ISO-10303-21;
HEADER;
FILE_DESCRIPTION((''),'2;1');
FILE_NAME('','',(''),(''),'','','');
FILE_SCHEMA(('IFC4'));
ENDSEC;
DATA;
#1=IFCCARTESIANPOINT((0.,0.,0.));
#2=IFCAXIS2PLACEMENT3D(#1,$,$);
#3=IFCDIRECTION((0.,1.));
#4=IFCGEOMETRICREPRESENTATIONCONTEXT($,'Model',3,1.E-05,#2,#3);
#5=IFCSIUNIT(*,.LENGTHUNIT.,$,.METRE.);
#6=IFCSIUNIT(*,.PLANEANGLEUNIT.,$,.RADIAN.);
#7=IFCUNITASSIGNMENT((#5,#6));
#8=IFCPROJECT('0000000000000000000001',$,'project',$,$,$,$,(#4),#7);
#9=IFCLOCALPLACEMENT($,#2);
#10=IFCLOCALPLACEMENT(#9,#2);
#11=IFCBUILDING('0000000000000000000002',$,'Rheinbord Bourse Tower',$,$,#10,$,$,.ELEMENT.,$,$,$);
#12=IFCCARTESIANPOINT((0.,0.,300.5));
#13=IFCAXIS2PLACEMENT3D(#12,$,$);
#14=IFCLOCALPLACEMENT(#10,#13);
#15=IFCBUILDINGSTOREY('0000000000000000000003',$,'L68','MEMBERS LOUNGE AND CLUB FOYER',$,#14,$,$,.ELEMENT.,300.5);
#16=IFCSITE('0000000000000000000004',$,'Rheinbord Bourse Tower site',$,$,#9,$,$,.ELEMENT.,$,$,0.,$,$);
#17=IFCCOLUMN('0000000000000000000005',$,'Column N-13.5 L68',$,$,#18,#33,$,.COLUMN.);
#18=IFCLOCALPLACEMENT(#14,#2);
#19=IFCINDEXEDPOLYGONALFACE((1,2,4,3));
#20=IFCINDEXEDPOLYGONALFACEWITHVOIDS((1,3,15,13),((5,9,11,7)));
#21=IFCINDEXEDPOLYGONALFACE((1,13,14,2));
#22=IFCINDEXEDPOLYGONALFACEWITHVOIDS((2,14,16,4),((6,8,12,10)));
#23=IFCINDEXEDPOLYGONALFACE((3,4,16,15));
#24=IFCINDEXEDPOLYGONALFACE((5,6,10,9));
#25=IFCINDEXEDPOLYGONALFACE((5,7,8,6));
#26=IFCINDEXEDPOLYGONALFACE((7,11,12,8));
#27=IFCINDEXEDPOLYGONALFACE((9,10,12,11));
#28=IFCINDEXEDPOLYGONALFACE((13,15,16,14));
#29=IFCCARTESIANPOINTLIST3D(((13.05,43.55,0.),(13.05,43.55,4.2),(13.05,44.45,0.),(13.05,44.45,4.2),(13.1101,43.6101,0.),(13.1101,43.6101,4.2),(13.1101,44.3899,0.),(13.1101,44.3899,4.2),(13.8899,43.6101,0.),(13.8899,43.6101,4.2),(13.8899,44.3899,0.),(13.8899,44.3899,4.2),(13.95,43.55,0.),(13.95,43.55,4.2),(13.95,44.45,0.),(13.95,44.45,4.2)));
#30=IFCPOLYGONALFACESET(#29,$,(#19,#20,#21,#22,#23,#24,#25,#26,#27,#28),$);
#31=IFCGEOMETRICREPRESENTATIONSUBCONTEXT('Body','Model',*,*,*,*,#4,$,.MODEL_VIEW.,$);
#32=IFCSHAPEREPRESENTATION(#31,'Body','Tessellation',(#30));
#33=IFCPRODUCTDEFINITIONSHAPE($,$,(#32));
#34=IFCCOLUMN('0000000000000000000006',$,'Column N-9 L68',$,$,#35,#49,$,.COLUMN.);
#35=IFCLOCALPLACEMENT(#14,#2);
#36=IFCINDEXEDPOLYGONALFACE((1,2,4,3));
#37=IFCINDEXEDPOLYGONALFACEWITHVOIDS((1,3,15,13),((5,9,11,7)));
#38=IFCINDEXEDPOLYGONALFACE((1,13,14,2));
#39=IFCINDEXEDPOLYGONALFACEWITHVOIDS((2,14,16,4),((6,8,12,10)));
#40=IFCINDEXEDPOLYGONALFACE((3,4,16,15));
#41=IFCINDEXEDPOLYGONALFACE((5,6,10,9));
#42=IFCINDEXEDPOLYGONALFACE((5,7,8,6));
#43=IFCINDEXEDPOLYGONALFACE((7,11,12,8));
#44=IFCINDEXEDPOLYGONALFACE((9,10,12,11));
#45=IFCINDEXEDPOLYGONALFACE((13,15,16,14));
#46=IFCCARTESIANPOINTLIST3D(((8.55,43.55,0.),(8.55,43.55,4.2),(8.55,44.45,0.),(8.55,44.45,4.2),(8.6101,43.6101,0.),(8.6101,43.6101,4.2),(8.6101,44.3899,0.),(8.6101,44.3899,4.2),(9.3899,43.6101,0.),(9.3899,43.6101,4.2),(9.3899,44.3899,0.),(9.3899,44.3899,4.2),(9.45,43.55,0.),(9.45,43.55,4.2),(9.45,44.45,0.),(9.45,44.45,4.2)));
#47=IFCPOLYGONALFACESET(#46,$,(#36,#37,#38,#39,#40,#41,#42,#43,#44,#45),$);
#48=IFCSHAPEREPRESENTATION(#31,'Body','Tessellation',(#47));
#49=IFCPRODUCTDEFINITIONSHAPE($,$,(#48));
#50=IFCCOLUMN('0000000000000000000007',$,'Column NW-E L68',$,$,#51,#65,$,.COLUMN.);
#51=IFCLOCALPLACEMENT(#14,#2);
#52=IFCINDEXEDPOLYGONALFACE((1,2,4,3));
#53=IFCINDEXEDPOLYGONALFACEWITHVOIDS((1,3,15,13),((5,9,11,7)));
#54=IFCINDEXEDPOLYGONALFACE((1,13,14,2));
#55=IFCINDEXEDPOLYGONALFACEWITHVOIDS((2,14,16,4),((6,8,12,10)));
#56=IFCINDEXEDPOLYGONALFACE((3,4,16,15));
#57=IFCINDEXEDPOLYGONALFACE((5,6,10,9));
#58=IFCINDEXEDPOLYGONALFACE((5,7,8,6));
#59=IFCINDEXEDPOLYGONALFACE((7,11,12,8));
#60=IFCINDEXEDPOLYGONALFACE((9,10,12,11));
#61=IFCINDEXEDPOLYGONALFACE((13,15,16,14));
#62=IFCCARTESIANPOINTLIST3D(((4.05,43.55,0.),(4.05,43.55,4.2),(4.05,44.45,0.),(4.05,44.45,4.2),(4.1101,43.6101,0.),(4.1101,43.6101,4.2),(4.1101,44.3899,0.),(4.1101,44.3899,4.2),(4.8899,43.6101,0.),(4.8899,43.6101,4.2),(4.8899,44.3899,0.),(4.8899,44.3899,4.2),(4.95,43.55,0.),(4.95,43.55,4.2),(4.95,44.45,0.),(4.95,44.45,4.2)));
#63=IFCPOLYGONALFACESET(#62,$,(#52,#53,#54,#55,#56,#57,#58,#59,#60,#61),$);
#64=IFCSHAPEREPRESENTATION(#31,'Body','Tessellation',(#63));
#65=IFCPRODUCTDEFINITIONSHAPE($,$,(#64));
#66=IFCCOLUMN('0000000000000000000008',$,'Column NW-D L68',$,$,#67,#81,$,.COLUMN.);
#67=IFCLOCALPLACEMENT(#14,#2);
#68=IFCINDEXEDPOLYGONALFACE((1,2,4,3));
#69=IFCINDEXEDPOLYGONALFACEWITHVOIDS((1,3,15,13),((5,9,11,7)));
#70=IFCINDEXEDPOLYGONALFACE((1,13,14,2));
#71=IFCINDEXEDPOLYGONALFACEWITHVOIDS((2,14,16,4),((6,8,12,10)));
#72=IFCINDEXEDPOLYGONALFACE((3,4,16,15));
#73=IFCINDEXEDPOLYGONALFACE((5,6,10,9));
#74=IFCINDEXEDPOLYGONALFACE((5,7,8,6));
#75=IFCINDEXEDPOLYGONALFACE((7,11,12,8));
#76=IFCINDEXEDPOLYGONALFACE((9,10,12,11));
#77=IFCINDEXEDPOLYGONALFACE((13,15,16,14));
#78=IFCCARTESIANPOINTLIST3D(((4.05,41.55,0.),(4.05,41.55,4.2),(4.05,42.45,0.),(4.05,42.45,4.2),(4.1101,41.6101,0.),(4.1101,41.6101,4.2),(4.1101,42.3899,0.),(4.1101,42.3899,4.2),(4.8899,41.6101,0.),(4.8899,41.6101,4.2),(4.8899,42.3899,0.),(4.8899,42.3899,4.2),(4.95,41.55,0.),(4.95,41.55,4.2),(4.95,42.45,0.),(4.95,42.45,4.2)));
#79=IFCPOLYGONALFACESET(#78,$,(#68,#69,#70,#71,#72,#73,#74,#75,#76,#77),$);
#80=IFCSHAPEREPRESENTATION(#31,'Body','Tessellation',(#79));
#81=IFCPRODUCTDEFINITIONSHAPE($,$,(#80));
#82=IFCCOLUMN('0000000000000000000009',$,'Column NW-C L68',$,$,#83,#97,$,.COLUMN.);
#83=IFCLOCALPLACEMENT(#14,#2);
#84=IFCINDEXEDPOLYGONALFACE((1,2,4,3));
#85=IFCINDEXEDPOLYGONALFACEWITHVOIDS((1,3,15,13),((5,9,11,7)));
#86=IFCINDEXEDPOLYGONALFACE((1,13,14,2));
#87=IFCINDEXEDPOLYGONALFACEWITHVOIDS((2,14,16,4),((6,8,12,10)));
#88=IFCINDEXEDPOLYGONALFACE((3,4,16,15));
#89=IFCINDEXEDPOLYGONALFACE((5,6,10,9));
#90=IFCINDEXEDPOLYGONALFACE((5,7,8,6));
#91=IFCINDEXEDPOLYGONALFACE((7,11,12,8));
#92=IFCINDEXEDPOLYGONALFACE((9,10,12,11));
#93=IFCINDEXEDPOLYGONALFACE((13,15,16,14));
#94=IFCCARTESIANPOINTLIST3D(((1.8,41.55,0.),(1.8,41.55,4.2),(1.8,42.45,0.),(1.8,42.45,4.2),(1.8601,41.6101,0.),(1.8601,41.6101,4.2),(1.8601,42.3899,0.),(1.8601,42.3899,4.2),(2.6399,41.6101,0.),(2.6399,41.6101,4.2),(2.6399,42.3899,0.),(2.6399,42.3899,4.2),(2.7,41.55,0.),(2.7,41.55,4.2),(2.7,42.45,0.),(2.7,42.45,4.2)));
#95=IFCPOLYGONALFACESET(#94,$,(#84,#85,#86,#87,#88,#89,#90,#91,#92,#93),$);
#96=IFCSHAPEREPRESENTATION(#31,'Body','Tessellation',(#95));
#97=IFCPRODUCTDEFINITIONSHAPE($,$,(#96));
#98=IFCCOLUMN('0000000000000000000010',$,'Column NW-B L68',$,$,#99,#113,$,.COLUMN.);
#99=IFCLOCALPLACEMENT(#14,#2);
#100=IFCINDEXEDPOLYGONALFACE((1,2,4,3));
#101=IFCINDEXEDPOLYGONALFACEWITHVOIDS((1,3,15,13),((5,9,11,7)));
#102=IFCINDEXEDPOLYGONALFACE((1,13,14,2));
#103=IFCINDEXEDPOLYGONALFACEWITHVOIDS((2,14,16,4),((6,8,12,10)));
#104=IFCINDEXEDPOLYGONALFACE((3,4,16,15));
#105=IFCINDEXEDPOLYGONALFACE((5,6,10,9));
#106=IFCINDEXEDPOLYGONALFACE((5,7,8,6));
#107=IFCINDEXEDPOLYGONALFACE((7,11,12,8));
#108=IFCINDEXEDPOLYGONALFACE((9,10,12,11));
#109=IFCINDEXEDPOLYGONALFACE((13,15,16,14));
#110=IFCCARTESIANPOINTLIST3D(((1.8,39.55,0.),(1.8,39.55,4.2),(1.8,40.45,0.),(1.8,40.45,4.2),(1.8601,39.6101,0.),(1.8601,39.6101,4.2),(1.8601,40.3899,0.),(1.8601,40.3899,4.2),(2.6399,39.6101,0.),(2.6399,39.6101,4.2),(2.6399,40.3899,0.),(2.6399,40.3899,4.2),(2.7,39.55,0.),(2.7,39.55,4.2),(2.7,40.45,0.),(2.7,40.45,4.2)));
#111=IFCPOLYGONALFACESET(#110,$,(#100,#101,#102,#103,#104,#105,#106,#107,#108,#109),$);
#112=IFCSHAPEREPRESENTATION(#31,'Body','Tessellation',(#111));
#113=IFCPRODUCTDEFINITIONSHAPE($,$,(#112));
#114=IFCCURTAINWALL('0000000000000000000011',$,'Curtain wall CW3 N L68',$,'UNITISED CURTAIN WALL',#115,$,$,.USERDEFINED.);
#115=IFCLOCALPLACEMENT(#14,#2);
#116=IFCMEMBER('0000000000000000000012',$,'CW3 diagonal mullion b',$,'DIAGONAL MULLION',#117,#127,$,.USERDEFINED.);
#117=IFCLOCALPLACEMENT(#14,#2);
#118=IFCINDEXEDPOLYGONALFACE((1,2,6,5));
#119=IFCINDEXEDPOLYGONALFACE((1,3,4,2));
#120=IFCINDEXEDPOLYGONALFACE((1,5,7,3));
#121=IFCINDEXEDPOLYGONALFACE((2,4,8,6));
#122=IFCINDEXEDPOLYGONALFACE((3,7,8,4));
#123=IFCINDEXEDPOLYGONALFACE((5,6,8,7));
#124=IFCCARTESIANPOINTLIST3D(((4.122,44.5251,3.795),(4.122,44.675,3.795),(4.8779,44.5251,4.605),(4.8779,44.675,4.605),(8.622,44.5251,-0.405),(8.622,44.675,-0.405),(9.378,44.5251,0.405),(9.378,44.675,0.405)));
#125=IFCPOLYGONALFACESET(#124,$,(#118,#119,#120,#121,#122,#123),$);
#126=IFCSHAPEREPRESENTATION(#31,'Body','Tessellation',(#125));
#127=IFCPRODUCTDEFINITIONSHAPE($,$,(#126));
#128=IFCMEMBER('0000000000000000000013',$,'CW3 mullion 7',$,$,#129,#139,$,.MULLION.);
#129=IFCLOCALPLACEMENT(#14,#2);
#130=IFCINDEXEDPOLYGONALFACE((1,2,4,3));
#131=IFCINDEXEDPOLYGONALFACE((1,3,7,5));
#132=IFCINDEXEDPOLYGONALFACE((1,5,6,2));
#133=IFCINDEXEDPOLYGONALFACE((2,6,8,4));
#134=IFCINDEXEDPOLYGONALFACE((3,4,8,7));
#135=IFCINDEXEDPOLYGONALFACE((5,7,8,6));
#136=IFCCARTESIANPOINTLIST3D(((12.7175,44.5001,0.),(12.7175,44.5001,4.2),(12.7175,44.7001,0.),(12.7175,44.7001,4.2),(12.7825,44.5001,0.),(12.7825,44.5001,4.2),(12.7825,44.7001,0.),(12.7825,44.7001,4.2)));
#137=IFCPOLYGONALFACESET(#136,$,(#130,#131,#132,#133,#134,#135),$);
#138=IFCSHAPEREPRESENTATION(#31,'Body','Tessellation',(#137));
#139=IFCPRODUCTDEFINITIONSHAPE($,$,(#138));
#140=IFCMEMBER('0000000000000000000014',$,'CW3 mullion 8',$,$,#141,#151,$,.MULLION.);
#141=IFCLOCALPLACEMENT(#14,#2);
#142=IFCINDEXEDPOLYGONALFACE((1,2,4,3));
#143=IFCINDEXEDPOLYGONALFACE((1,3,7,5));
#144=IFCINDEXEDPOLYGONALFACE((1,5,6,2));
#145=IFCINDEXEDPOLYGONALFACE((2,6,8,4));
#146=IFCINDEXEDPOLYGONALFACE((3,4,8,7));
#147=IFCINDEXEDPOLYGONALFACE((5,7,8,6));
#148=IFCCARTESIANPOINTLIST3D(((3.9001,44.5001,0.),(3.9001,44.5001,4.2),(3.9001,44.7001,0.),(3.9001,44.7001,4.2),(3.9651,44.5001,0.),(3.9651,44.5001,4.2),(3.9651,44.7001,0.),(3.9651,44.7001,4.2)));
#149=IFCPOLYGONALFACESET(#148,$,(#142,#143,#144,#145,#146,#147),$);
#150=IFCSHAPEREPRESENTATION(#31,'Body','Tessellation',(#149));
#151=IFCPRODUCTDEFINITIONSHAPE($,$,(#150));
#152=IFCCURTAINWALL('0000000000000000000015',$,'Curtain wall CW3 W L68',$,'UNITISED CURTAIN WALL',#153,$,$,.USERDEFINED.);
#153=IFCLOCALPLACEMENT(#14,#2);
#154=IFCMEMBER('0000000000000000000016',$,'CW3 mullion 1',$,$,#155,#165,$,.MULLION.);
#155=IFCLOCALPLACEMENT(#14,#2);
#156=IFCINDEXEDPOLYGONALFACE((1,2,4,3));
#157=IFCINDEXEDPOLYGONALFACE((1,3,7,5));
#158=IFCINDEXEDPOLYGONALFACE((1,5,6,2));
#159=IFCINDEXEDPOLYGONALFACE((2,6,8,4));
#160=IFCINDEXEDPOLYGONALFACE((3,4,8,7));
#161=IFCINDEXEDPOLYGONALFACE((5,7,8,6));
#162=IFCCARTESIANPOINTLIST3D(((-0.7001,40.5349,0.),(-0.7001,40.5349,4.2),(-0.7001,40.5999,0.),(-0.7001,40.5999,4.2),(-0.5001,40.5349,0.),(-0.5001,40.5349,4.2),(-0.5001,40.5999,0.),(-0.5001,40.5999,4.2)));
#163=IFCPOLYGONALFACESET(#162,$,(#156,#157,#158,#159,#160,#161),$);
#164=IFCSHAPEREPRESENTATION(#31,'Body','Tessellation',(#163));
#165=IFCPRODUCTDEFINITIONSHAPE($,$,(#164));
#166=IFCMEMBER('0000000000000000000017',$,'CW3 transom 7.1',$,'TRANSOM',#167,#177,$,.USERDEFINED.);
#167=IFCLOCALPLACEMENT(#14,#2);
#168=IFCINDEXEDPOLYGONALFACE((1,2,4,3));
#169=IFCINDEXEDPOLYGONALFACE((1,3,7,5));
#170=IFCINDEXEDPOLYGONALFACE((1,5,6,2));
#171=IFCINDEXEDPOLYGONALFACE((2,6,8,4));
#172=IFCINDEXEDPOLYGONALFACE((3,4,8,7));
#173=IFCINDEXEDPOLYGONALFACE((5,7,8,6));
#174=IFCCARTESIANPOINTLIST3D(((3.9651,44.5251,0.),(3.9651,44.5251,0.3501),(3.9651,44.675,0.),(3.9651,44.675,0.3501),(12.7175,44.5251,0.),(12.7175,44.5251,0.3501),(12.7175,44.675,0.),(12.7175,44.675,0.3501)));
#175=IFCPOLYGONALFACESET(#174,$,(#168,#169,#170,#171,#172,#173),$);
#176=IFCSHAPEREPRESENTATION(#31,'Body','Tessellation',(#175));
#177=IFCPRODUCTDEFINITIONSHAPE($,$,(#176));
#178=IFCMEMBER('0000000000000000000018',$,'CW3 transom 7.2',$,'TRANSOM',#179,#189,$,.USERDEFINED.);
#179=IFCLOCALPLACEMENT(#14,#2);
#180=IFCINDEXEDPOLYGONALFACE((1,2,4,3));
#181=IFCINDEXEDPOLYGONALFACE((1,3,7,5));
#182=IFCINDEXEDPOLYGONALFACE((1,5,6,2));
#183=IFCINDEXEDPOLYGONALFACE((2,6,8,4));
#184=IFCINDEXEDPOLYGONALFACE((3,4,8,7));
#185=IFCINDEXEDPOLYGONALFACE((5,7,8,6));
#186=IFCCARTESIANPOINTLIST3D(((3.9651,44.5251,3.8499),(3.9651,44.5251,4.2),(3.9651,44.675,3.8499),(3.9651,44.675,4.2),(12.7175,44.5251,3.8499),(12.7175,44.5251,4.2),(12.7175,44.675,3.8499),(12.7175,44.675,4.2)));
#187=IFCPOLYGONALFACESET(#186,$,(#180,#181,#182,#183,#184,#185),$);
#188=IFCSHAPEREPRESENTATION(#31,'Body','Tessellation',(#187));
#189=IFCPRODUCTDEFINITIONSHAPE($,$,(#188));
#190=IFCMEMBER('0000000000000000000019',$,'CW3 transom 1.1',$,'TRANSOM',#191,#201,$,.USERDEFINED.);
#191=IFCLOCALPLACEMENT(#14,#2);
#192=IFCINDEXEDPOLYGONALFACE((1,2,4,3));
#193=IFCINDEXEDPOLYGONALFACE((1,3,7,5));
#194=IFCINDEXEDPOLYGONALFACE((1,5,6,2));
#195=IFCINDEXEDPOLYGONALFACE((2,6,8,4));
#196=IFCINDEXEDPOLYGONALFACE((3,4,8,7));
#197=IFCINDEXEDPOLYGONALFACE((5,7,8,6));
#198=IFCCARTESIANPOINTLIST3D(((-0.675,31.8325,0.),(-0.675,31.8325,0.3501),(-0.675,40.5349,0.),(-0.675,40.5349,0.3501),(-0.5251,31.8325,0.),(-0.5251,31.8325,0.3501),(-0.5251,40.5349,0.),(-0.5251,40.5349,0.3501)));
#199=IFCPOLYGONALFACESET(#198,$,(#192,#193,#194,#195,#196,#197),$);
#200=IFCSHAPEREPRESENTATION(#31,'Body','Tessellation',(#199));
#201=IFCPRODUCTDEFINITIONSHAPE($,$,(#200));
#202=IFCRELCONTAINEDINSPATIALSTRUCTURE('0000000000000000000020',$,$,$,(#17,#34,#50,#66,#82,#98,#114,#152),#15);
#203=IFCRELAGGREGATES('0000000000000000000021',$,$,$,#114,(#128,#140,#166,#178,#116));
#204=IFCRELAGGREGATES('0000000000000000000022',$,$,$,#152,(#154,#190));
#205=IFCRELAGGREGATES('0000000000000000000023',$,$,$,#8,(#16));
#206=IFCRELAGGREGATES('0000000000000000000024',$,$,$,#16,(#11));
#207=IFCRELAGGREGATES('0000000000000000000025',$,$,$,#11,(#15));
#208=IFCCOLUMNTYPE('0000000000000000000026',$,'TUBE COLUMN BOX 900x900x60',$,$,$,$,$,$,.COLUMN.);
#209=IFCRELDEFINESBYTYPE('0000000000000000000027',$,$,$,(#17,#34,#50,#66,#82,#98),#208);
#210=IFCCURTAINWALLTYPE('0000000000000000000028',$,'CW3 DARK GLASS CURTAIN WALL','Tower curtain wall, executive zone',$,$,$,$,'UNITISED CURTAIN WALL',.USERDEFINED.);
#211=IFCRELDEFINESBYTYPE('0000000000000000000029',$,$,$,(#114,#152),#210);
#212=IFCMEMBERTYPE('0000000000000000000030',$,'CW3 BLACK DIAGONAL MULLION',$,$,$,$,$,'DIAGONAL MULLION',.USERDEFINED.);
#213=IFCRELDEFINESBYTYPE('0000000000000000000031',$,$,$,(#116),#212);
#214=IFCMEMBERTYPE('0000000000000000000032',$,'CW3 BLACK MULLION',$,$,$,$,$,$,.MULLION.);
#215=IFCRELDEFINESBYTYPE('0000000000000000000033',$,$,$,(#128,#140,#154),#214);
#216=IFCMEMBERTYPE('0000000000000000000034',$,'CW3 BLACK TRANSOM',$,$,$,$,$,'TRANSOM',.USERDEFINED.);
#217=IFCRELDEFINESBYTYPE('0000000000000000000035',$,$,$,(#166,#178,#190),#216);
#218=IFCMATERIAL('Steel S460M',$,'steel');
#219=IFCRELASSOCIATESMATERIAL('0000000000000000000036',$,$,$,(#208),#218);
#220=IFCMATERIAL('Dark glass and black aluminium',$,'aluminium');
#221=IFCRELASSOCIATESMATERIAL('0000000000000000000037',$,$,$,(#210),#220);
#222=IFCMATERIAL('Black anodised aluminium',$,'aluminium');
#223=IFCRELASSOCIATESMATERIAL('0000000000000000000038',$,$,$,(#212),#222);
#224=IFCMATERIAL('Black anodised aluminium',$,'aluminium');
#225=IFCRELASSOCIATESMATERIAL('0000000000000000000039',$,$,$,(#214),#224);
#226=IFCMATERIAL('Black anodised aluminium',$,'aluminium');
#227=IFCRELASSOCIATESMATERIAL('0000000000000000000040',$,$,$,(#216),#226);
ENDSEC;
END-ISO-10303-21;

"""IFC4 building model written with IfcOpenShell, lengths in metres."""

from ifc_helpers import new_model, si_unit, direction, frame, origin, origin_2d, place, context, subcontext, project, spatial, rectangle, hollow_rectangle, extrude, material, material_profile, profile_set, type_object, element, aggregate, save


model = new_model("IFC4")

# Units and contexts
model_context = context("Model", 3, precision=1e-05, world=origin(), true_north=direction((0.0, 1.0)))
body_context = subcontext(model_context, "Body", "Model", "MODEL_VIEW")
ifc_project = project(units=[si_unit("LENGTHUNIT", "METRE"), si_unit("PLANEANGLEUNIT", "RADIAN")], contexts=[model_context])

# Site, building, storey
site_placement = place(None, origin())
site = spatial("IfcSite", under=ifc_project, at=site_placement, Name="Rheinbord Bourse Tower site", CompositionType="ELEMENT", RefElevation=0.0)
building_placement = place(site_placement, origin())
building = spatial("IfcBuilding", under=site, at=building_placement, Name="Rheinbord Bourse Tower", CompositionType="ELEMENT")
storey_placement = place(building_placement, frame((0.0, 0.0, 300.5)))
storey = spatial("IfcBuildingStorey", under=building, at=storey_placement, Name="L68", Description="MEMBERS LOUNGE AND CLUB FOYER", CompositionType="ELEMENT", Elevation=300.5)

# Columns
ifc_material_1 = material(Name="Steel S460M", Category="steel")
ifc_material_profile_1 = material_profile(ifc_material_1, hollow_rectangle(XDim=0.8999, YDim=0.8999, WallThickness=0.0601, at=origin_2d()), Name="BOX 900x900x60")
ifc_profile_set_1 = profile_set([ifc_material_profile_1], Name="Steel S460M")
column_type = type_object("IfcColumnType", Name="TUBE COLUMN BOX 900x900x60", PredefinedType="COLUMN", material=ifc_profile_set_1)
for number, where, z_axis, x_axis, name in (
    (1, (13.5, 44.0, 0.0), (0.0, 0.0, 1.0), (0.0, 1.0, 0.0), "Column N-13.5 L68"),
    (2, (9.0, 44.0, 0.0), (0.0, 0.0, 1.0), (0.0, 1.0, 0.0), "Column N-9 L68"),
    (3, (4.5, 44.0, 0.0), (0.0, 0.0, 1.0), (0.0, 1.0, 0.0), "Column NW-E L68"),
    (4, (4.5, 42.0, 0.0), (0.0, 0.0, 1.0), (0.0, 1.0, 0.0), "Column NW-D L68"),
    (5, (2.25, 42.0, 0.0), (0.0, 0.0, 1.0), (1.0, 0.0, 0.0), "Column NW-C L68"),
    (6, (2.25, 40.0, 0.0), (0.0, 0.0, 1.0), (1.0, 0.0, 0.0), "Column NW-B L68"),
):
    element("IfcColumn", number, at=place(storey_placement, frame(where, z_axis=z_axis, x_axis=x_axis)), inside=storey, type_object=column_type, Name=name, PredefinedType="COLUMN", context=body_context, shape_type="SweptSolid", body=[
        extrude(hollow_rectangle(XDim=0.8999, YDim=0.8999, WallThickness=0.0601, at=origin_2d()), origin(), (0.0, 0.0, 1.0), 4.2),
    ])

# Curtain wall, members
ifc_material_2 = material(Name="Dark glass and black aluminium", Category="aluminium")
curtain_wall_type = type_object("IfcCurtainWallType", Name="CW3 DARK GLASS CURTAIN WALL", Description="Tower curtain wall, executive zone", ElementType="UNITISED CURTAIN WALL", PredefinedType="USERDEFINED", material=ifc_material_2)
curtain_wall_1_placement = place(storey_placement, origin())
curtain_wall_1 = element("IfcCurtainWall", 7, at=curtain_wall_1_placement, inside=storey, type_object=curtain_wall_type, Name="Curtain wall CW3 N L68", ObjectType="UNITISED CURTAIN WALL", PredefinedType="USERDEFINED")
ifc_material_3 = material(Name="Black anodised aluminium", Category="aluminium")
ifc_material_profile_2 = material_profile(ifc_material_3, rectangle(XDim=0.1499, YDim=1.1079, at=origin_2d()), Name="CW3 DIAGONAL MULLION 1108x150")
ifc_profile_set_2 = profile_set([ifc_material_profile_2], Name="Black anodised aluminium")
member_type_1 = type_object("IfcMemberType", Name="CW3 BLACK DIAGONAL MULLION", ElementType="DIAGONAL MULLION", PredefinedType="USERDEFINED", material=ifc_profile_set_2)
member_1_placement = place(storey_placement, frame((9.0, 44.6001, 0.0), z_axis=(-0.731059, 0.0, 0.682314), x_axis=(0.0, -1.0, 0.0)))
member_1 = element("IfcMember", 8, at=member_1_placement, type_object=member_type_1, Name="CW3 diagonal mullion b", ObjectType="DIAGONAL MULLION", PredefinedType="USERDEFINED", context=body_context, shape_type="SweptSolid", body=[
    extrude(rectangle(XDim=0.1499, YDim=1.1079, at=origin_2d()), origin(), (0.0, 0.0, 1.0), 6.1555),
])
ifc_material_4 = material(Name="Black anodised aluminium", Category="aluminium")
ifc_material_profile_3 = material_profile(ifc_material_4, rectangle(XDim=0.2, YDim=0.0649, at=origin_2d()), Name="CW3 MULLION 65x200")
ifc_profile_set_3 = profile_set([ifc_material_profile_3], Name="Black anodised aluminium")
member_type_2 = type_object("IfcMemberType", Name="CW3 BLACK MULLION", PredefinedType="MULLION", material=ifc_profile_set_3)
member_2_placement = place(storey_placement, frame((12.75, 44.6001, 0.0), z_axis=(0.0, 0.0, 1.0), x_axis=(0.0, -1.0, 0.0)))
member_2 = element("IfcMember", 9, at=member_2_placement, type_object=member_type_2, Name="CW3 mullion 7", PredefinedType="MULLION", context=body_context, shape_type="SweptSolid", body=[
    extrude(rectangle(XDim=0.2, YDim=0.0649, at=origin_2d()), origin(), (0.0, 0.0, 1.0), 4.2),
])
member_3_placement = place(storey_placement, frame((3.9326, 44.6001, 0.0), z_axis=(0.0, 0.0, 1.0), x_axis=(0.0, -1.0, 0.0)))
member_3 = element("IfcMember", 10, at=member_3_placement, type_object=member_type_2, Name="CW3 mullion 8", PredefinedType="MULLION", context=body_context, shape_type="SweptSolid", body=[
    extrude(rectangle(XDim=0.2, YDim=0.0649, at=origin_2d()), origin(), (0.0, 0.0, 1.0), 4.2),
])

# Curtain wall, member
curtain_wall_2_placement = place(storey_placement, origin())
curtain_wall_2 = element("IfcCurtainWall", 11, at=curtain_wall_2_placement, inside=storey, type_object=curtain_wall_type, Name="Curtain wall CW3 W L68", ObjectType="UNITISED CURTAIN WALL", PredefinedType="USERDEFINED")
member_4_placement = place(storey_placement, frame((-0.6001, 40.5674, 0.0), z_axis=(0.0, 0.0, 1.0), x_axis=(1.0, 0.0, 0.0)))
member_4 = element("IfcMember", 12, at=member_4_placement, type_object=member_type_2, Name="CW3 mullion 1", PredefinedType="MULLION", context=body_context, shape_type="SweptSolid", body=[
    extrude(rectangle(XDim=0.2, YDim=0.0649, at=origin_2d()), origin(), (0.0, 0.0, 1.0), 4.2),
])

# Members
ifc_material_5 = material(Name="Black anodised aluminium", Category="aluminium")
ifc_material_profile_4 = material_profile(ifc_material_5, rectangle(XDim=0.1499, YDim=0.3501, at=origin_2d()), Name="CW3 TRANSOM 350x150")
ifc_profile_set_4 = profile_set([ifc_material_profile_4], Name="Black anodised aluminium")
member_type_3 = type_object("IfcMemberType", Name="CW3 BLACK TRANSOM", ElementType="TRANSOM", PredefinedType="USERDEFINED", material=ifc_profile_set_4)
member_5_placement = place(storey_placement, frame((12.7175, 44.6001, 0.175), z_axis=(-1.0, 0.0, 0.0), x_axis=(0.0, -1.0, 0.0)))
member_5 = element("IfcMember", 13, at=member_5_placement, type_object=member_type_3, Name="CW3 transom 7.1", ObjectType="TRANSOM", PredefinedType="USERDEFINED", context=body_context, shape_type="SweptSolid", body=[
    extrude(rectangle(XDim=0.1499, YDim=0.3501, at=origin_2d()), origin(), (0.0, 0.0, 1.0), 8.7524),
])
member_6_placement = place(storey_placement, frame((12.7175, 44.6001, 4.0249), z_axis=(-1.0, 0.0, 0.0), x_axis=(0.0, -1.0, 0.0)))
member_6 = element("IfcMember", 14, at=member_6_placement, type_object=member_type_3, Name="CW3 transom 7.2", ObjectType="TRANSOM", PredefinedType="USERDEFINED", context=body_context, shape_type="SweptSolid", body=[
    extrude(rectangle(XDim=0.1499, YDim=0.3501, at=origin_2d()), origin(), (0.0, 0.0, 1.0), 8.7524),
])
member_7_placement = place(storey_placement, frame((-0.6001, 40.5349, 0.175), z_axis=(0.0, -1.0, 0.0), x_axis=(1.0, 0.0, 0.0)))
member_7 = element("IfcMember", 15, at=member_7_placement, type_object=member_type_3, Name="CW3 transom 1.1", ObjectType="TRANSOM", PredefinedType="USERDEFINED", context=body_context, shape_type="SweptSolid", body=[
    extrude(rectangle(XDim=0.1499, YDim=0.3501, at=origin_2d()), origin(), (0.0, 0.0, 1.0), 8.7024),
])

aggregate(curtain_wall_1, [member_2, member_3, member_5, member_6, member_1])
aggregate(curtain_wall_2, [member_4, member_7])

save(model, "model.ifc")
